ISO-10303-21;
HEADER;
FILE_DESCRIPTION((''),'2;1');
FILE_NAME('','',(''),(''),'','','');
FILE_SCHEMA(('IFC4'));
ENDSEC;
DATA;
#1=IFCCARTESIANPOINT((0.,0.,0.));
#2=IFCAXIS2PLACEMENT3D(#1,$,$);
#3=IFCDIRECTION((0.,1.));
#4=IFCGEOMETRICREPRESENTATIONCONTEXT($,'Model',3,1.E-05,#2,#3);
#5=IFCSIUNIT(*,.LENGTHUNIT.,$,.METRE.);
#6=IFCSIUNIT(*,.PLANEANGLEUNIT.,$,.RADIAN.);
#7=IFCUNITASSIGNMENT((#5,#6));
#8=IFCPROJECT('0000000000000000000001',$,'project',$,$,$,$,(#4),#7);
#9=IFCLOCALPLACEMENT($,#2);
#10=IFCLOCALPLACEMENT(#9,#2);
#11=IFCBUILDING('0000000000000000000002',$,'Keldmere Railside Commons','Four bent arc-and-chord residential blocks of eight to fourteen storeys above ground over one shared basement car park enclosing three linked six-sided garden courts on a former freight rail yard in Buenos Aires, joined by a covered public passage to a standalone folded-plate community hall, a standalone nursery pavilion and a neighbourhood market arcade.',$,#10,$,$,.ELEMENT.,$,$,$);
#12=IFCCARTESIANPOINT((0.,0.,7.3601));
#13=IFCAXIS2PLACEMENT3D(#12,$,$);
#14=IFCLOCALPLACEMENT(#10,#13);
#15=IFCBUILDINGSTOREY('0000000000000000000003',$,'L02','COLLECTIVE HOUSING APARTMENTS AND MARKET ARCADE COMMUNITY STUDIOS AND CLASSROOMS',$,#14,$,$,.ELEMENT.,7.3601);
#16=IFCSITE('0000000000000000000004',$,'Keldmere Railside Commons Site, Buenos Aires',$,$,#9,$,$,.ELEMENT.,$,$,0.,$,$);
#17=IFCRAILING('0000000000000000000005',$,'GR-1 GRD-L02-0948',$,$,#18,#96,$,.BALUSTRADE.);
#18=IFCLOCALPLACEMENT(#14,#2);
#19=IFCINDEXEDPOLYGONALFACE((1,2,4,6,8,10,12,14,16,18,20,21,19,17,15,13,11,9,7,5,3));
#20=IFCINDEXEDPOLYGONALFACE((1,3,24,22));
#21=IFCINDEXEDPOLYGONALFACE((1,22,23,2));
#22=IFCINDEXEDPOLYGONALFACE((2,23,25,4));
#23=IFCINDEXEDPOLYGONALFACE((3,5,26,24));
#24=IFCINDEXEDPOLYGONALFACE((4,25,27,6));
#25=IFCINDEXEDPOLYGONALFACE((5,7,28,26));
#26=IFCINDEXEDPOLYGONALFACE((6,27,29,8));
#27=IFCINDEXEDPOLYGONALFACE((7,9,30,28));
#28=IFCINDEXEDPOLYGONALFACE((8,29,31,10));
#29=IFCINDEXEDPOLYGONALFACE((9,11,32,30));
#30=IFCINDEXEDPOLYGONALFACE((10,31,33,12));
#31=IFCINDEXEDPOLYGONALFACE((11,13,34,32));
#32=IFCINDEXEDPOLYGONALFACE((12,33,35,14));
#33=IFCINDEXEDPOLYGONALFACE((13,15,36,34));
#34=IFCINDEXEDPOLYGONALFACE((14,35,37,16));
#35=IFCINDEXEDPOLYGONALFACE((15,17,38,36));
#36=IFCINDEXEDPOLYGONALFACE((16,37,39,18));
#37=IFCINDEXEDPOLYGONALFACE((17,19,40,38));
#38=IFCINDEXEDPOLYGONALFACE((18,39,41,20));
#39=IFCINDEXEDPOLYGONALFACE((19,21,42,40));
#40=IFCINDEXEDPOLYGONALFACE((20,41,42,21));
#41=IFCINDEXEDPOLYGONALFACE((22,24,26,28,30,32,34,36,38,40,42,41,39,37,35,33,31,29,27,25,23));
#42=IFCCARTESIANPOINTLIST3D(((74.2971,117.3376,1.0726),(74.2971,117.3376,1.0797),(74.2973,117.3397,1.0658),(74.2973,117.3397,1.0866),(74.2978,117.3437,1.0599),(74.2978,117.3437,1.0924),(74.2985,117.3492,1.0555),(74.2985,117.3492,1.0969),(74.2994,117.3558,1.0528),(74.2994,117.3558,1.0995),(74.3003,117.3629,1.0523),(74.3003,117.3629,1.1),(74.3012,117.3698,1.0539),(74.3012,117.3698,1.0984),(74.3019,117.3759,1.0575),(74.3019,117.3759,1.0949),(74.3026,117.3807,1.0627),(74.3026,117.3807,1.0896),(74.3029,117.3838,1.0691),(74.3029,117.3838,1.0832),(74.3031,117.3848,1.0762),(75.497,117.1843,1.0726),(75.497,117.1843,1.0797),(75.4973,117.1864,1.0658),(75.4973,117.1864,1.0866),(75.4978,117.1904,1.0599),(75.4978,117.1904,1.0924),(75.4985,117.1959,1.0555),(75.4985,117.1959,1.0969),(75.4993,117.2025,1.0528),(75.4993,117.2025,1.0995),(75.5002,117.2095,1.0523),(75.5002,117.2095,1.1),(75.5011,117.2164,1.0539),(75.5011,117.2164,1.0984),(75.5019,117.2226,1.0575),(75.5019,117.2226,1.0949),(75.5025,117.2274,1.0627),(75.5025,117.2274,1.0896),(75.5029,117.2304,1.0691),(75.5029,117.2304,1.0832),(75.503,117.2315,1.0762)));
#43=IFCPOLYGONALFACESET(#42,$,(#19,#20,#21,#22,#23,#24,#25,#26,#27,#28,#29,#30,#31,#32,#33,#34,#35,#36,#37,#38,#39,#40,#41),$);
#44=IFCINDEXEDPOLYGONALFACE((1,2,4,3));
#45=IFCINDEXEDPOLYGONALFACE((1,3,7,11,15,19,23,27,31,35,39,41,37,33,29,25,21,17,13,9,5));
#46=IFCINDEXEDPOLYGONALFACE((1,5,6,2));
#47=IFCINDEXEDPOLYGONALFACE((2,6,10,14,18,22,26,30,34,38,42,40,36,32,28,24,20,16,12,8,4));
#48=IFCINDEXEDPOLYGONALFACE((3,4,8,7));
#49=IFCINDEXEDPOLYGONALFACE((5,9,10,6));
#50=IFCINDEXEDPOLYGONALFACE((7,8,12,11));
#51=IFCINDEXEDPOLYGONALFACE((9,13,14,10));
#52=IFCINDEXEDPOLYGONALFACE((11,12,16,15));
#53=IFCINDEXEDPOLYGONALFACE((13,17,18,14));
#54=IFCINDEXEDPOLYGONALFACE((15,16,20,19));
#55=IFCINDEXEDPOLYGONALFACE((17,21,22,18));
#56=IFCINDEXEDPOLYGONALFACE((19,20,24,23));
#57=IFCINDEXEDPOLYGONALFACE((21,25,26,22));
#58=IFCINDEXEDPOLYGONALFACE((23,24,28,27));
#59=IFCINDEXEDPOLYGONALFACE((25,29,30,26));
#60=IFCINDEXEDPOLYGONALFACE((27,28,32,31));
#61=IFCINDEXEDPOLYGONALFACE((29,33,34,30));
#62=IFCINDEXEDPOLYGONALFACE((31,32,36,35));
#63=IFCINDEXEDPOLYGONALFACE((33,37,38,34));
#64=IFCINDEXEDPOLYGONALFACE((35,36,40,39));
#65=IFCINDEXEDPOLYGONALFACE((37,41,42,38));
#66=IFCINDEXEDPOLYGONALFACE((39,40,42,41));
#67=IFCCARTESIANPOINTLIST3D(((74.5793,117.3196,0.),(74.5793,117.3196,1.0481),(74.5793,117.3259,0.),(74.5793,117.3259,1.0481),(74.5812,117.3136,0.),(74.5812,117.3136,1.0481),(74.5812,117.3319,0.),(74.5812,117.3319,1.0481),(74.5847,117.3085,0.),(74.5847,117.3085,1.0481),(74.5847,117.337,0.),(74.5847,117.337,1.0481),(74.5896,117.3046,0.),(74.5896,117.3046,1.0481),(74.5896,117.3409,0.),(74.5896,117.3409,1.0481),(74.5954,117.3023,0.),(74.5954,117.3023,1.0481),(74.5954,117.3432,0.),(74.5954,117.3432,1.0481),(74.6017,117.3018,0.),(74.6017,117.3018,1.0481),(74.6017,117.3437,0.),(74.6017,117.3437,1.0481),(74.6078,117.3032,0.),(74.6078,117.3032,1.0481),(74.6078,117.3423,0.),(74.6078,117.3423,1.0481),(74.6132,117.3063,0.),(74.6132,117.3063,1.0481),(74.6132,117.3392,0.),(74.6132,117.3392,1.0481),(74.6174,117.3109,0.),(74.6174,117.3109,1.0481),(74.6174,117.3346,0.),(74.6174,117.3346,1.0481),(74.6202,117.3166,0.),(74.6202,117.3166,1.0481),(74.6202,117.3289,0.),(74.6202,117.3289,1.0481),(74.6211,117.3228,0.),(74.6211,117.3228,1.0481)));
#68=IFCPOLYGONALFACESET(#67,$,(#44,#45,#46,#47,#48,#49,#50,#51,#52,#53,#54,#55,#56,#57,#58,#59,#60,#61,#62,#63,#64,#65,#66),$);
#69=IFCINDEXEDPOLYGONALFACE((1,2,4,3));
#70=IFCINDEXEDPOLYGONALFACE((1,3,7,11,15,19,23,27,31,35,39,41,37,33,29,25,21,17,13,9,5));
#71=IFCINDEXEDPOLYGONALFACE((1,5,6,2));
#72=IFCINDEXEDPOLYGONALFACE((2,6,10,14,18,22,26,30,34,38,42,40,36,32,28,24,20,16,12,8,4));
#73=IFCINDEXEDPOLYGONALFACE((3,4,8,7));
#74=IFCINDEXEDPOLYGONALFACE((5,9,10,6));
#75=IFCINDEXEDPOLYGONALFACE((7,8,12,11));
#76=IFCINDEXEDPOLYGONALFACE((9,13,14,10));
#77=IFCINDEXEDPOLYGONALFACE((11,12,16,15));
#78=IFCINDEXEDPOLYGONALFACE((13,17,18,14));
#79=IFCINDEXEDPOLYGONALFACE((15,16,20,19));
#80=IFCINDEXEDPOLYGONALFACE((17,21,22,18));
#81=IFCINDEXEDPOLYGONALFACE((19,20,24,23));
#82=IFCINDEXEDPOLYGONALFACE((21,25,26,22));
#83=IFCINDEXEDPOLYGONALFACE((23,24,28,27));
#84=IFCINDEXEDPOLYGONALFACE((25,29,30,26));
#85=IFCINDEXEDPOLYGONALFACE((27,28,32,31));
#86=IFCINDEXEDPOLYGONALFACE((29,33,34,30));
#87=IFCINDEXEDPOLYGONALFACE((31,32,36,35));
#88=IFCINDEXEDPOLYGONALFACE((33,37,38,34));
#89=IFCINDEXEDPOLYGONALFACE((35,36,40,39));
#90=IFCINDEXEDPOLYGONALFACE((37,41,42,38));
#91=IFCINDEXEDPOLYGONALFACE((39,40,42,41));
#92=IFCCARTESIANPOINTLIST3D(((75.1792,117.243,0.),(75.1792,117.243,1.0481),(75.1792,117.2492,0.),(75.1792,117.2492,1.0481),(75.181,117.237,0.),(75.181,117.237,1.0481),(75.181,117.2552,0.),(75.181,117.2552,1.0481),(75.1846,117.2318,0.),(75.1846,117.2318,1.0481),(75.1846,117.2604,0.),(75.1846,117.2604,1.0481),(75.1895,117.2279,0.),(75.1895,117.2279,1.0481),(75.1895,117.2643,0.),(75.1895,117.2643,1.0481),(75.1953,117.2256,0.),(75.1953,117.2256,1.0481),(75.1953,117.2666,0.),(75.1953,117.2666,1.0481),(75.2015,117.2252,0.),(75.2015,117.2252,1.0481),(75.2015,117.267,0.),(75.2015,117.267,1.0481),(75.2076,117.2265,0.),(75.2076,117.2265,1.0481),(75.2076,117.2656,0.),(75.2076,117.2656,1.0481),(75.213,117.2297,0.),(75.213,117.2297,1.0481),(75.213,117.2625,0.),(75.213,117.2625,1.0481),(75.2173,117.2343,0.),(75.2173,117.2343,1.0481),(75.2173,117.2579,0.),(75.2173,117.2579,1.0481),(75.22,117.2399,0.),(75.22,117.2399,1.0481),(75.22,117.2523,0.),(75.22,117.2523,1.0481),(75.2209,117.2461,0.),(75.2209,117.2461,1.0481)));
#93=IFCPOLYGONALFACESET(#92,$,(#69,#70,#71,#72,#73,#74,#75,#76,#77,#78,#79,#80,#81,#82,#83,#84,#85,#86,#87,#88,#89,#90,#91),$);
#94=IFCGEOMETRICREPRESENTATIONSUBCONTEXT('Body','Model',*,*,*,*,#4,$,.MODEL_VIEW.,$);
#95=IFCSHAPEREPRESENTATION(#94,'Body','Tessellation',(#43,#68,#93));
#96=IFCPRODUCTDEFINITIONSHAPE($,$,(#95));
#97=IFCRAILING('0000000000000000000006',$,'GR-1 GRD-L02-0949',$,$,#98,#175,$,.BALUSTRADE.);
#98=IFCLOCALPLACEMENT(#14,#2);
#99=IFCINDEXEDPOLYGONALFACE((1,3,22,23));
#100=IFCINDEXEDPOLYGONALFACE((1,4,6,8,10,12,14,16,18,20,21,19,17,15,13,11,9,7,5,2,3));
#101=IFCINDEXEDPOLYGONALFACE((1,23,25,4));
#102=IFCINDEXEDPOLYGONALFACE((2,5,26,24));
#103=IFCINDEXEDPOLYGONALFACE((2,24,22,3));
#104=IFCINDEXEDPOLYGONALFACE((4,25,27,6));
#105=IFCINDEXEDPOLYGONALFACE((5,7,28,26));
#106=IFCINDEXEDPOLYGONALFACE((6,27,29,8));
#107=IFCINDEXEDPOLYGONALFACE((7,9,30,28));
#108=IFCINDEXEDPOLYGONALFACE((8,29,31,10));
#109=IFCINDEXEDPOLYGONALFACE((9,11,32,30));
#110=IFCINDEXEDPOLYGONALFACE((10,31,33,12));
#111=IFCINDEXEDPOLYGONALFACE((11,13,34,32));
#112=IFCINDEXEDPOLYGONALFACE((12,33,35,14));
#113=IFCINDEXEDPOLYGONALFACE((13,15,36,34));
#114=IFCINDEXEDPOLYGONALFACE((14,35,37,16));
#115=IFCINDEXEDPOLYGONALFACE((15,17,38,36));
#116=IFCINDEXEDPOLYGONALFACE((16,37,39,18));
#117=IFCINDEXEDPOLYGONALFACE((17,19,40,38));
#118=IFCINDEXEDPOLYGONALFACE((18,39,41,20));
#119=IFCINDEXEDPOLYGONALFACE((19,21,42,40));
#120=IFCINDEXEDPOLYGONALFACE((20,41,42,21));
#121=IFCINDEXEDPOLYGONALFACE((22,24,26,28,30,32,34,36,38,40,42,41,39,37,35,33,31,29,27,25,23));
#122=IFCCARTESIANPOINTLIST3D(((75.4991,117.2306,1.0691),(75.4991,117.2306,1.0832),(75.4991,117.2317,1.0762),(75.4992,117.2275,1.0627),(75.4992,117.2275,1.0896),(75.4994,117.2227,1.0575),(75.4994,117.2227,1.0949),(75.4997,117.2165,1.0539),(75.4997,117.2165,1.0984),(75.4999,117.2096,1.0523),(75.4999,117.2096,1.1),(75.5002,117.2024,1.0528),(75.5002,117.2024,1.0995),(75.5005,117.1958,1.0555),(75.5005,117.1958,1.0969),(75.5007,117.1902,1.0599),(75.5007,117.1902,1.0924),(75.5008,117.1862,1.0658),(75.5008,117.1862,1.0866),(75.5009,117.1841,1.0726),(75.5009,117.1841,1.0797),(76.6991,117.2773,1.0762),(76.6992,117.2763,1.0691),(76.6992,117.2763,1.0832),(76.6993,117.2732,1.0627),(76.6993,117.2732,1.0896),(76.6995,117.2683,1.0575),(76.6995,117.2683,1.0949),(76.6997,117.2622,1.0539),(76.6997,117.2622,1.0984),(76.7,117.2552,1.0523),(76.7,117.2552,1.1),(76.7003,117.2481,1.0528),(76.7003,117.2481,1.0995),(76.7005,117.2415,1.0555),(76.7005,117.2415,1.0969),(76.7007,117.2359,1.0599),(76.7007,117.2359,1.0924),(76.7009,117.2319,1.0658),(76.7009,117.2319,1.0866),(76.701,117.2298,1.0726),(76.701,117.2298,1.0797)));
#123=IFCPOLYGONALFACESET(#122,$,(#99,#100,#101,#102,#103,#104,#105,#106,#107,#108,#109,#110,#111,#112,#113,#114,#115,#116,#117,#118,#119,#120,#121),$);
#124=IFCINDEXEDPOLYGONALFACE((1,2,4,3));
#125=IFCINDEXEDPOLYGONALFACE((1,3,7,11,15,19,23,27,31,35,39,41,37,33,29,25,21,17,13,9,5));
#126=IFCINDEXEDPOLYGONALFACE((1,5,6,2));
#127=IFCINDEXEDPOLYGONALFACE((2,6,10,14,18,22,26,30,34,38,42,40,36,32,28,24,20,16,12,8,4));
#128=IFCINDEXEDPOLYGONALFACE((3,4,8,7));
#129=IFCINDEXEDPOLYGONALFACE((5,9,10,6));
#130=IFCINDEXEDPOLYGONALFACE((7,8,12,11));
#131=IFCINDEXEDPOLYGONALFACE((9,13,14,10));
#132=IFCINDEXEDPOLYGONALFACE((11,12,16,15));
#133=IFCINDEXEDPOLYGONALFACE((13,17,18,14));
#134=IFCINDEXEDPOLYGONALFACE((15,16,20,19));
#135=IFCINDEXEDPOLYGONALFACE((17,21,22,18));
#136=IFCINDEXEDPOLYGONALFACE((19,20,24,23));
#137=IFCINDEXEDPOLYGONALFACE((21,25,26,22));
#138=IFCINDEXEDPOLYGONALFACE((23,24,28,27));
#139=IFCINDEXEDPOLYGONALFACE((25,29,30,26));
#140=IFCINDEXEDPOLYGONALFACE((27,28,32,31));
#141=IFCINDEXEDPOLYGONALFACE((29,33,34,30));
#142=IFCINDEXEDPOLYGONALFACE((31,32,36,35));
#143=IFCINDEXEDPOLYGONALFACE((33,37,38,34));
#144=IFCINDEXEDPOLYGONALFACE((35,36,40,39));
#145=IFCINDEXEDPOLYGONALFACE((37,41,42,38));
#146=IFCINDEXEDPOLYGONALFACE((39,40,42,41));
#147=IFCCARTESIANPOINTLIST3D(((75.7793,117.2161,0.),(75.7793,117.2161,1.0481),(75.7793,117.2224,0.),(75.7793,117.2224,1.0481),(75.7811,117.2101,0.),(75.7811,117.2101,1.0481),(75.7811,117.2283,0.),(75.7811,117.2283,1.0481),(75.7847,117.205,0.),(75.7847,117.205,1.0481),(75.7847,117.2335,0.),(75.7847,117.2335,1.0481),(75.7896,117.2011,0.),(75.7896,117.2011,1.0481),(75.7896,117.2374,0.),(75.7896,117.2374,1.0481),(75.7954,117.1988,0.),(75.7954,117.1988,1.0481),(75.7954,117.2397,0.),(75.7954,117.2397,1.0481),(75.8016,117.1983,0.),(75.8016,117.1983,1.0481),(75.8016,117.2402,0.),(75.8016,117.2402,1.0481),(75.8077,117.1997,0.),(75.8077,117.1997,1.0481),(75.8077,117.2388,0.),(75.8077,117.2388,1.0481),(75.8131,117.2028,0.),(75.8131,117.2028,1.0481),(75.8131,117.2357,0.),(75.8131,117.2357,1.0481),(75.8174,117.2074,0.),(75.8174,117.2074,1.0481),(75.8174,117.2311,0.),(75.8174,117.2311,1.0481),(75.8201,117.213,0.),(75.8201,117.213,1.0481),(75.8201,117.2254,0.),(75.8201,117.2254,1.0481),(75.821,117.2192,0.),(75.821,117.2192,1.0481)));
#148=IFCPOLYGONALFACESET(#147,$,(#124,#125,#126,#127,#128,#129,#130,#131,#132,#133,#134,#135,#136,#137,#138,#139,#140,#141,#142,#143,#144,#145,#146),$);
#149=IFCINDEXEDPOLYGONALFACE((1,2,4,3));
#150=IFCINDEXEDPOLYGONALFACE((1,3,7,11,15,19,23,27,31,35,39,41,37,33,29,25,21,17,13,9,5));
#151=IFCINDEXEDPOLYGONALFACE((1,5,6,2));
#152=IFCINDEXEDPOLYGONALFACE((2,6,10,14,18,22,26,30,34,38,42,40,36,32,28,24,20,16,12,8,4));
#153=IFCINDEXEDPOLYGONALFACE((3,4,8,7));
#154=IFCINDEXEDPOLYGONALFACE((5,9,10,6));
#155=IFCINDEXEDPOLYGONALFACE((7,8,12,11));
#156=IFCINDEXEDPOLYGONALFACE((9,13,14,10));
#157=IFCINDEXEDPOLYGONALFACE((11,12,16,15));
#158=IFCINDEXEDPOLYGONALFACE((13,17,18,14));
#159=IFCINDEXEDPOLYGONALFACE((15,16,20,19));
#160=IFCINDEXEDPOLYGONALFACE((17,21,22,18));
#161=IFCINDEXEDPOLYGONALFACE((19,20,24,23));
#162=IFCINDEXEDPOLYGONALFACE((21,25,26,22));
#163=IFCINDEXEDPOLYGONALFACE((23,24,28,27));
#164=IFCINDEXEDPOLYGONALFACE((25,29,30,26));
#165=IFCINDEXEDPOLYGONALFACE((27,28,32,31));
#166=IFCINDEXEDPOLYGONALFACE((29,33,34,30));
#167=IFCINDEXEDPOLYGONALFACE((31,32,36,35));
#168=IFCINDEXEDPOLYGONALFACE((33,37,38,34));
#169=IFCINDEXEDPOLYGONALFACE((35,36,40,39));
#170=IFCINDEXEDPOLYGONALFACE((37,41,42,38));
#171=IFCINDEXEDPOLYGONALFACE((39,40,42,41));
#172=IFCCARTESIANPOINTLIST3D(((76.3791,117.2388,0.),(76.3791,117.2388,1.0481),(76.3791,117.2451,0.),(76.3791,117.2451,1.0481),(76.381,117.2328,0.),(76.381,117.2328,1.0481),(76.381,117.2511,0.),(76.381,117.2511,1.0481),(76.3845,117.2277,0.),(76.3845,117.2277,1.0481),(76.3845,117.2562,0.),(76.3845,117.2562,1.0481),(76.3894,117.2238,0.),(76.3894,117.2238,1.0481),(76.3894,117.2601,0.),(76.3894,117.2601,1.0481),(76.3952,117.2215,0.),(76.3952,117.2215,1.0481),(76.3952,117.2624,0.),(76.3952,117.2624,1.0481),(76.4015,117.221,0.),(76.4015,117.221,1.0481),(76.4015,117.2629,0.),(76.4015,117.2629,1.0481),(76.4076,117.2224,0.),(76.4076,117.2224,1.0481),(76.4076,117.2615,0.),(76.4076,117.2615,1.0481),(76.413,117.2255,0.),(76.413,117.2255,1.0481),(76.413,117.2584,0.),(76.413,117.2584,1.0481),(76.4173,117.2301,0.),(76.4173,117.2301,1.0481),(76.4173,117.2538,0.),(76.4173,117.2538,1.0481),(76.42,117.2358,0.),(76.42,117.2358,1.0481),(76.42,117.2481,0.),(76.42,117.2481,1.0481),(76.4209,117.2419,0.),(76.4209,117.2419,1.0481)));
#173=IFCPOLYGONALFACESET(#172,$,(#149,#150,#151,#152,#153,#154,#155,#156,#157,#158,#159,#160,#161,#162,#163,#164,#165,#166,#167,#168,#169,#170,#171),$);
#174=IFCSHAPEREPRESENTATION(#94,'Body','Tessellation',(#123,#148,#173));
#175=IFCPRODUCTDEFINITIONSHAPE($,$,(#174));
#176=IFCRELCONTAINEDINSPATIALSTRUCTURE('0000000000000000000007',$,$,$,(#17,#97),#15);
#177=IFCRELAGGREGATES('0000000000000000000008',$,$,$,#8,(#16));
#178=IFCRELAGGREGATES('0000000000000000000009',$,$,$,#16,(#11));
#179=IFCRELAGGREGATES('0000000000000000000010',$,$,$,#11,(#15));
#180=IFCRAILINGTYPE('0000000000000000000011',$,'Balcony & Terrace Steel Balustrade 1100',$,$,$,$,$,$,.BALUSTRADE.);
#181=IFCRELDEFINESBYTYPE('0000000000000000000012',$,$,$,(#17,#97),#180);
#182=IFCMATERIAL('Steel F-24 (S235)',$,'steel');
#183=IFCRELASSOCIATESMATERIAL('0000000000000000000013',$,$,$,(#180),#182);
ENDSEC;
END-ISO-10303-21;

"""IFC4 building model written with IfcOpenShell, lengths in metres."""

from ifc_helpers import new_model, si_unit, direction, frame, origin, origin_2d, place, context, subcontext, project, spatial, circle, extrude, material, type_object, element, save


model = new_model("IFC4")

# Units and contexts
model_context = context("Model", 3, precision=1e-05, world=origin(), true_north=direction((0.0, 1.0)))
body_context = subcontext(model_context, "Body", "Model", "MODEL_VIEW")
ifc_project = project(units=[si_unit("LENGTHUNIT", "METRE"), si_unit("PLANEANGLEUNIT", "RADIAN")], contexts=[model_context])

# Site, building, storey
site_placement = place(None, origin())
site = spatial("IfcSite", under=ifc_project, at=site_placement, Name="Keldmere Railside Commons Site, Buenos Aires", CompositionType="ELEMENT", RefElevation=0.0)
building_placement = place(site_placement, origin())
building = spatial("IfcBuilding", under=site, at=building_placement, Name="Keldmere Railside Commons", Description="Four bent arc-and-chord residential blocks of eight to fourteen storeys above ground over one shared basement car park enclosing three linked six-sided garden courts on a former freight rail yard in Buenos Aires, joined by a covered public passage to a standalone folded-plate community hall, a standalone nursery pavilion and a neighbourhood market arcade.", CompositionType="ELEMENT")
storey_placement = place(building_placement, frame((0.0, 0.0, 7.3601)))
storey = spatial("IfcBuildingStorey", under=building, at=storey_placement, Name="L02", Description="COLLECTIVE HOUSING APARTMENTS AND MARKET ARCADE COMMUNITY STUDIOS AND CLASSROOMS", CompositionType="ELEMENT", Elevation=7.3601)

# Railings
ifc_material_1 = material(Name="Steel F-24 (S235)", Category="steel")
railing_type = type_object("IfcRailingType", Name="Balcony & Terrace Steel Balustrade 1100", PredefinedType="BALUSTRADE", material=ifc_material_1)
railing_1_placement = place(storey_placement, frame((74.3, 117.3611, 0.0)))
element("IfcRailing", 1, at=railing_1_placement, inside=storey, type_object=railing_type, Name="GR-1 GRD-L02-0948", PredefinedType="BALUSTRADE", context=body_context, shape_type="SweptSolid", body=[
    extrude(circle(Radius=0.0239, at=origin_2d()), frame((0.0, 0.0, 1.0762), z_axis=(0.991936, -0.126742, 0.0), x_axis=(0.126742, 0.991936, 0.0)), (0.0, 0.0, 1.0), 1.2097),
    extrude(circle(Radius=0.021, at=origin_2d()), frame((0.3, -0.0383, 0.0)), (0.0, 0.0, 1.0), 1.0481),
    extrude(circle(Radius=0.021, at=origin_2d()), frame((0.8999, -0.115, 0.0)), (0.0, 0.0, 1.0), 1.0481),
])
railing_2_placement = place(storey_placement, frame((75.5, 117.2078, 0.0)))
element("IfcRailing", 2, at=railing_2_placement, inside=storey, type_object=railing_type, Name="GR-1 GRD-L02-0949", PredefinedType="BALUSTRADE", context=body_context, shape_type="SweptSolid", body=[
    extrude(circle(Radius=0.0239, at=origin_2d()), frame((0.0, 0.0, 1.0762), z_axis=(0.999277, 0.038019, 0.0), x_axis=(-0.038019, 0.999277, 0.0)), (0.0, 0.0, 1.0), 1.2009),
    extrude(circle(Radius=0.021, at=origin_2d()), frame((0.3, 0.0115, 0.0)), (0.0, 0.0, 1.0), 1.0481),
    extrude(circle(Radius=0.021, at=origin_2d()), frame((0.8999, 0.0342, 0.0)), (0.0, 0.0, 1.0), 1.0481),
])

save(model, "model.ifc")
